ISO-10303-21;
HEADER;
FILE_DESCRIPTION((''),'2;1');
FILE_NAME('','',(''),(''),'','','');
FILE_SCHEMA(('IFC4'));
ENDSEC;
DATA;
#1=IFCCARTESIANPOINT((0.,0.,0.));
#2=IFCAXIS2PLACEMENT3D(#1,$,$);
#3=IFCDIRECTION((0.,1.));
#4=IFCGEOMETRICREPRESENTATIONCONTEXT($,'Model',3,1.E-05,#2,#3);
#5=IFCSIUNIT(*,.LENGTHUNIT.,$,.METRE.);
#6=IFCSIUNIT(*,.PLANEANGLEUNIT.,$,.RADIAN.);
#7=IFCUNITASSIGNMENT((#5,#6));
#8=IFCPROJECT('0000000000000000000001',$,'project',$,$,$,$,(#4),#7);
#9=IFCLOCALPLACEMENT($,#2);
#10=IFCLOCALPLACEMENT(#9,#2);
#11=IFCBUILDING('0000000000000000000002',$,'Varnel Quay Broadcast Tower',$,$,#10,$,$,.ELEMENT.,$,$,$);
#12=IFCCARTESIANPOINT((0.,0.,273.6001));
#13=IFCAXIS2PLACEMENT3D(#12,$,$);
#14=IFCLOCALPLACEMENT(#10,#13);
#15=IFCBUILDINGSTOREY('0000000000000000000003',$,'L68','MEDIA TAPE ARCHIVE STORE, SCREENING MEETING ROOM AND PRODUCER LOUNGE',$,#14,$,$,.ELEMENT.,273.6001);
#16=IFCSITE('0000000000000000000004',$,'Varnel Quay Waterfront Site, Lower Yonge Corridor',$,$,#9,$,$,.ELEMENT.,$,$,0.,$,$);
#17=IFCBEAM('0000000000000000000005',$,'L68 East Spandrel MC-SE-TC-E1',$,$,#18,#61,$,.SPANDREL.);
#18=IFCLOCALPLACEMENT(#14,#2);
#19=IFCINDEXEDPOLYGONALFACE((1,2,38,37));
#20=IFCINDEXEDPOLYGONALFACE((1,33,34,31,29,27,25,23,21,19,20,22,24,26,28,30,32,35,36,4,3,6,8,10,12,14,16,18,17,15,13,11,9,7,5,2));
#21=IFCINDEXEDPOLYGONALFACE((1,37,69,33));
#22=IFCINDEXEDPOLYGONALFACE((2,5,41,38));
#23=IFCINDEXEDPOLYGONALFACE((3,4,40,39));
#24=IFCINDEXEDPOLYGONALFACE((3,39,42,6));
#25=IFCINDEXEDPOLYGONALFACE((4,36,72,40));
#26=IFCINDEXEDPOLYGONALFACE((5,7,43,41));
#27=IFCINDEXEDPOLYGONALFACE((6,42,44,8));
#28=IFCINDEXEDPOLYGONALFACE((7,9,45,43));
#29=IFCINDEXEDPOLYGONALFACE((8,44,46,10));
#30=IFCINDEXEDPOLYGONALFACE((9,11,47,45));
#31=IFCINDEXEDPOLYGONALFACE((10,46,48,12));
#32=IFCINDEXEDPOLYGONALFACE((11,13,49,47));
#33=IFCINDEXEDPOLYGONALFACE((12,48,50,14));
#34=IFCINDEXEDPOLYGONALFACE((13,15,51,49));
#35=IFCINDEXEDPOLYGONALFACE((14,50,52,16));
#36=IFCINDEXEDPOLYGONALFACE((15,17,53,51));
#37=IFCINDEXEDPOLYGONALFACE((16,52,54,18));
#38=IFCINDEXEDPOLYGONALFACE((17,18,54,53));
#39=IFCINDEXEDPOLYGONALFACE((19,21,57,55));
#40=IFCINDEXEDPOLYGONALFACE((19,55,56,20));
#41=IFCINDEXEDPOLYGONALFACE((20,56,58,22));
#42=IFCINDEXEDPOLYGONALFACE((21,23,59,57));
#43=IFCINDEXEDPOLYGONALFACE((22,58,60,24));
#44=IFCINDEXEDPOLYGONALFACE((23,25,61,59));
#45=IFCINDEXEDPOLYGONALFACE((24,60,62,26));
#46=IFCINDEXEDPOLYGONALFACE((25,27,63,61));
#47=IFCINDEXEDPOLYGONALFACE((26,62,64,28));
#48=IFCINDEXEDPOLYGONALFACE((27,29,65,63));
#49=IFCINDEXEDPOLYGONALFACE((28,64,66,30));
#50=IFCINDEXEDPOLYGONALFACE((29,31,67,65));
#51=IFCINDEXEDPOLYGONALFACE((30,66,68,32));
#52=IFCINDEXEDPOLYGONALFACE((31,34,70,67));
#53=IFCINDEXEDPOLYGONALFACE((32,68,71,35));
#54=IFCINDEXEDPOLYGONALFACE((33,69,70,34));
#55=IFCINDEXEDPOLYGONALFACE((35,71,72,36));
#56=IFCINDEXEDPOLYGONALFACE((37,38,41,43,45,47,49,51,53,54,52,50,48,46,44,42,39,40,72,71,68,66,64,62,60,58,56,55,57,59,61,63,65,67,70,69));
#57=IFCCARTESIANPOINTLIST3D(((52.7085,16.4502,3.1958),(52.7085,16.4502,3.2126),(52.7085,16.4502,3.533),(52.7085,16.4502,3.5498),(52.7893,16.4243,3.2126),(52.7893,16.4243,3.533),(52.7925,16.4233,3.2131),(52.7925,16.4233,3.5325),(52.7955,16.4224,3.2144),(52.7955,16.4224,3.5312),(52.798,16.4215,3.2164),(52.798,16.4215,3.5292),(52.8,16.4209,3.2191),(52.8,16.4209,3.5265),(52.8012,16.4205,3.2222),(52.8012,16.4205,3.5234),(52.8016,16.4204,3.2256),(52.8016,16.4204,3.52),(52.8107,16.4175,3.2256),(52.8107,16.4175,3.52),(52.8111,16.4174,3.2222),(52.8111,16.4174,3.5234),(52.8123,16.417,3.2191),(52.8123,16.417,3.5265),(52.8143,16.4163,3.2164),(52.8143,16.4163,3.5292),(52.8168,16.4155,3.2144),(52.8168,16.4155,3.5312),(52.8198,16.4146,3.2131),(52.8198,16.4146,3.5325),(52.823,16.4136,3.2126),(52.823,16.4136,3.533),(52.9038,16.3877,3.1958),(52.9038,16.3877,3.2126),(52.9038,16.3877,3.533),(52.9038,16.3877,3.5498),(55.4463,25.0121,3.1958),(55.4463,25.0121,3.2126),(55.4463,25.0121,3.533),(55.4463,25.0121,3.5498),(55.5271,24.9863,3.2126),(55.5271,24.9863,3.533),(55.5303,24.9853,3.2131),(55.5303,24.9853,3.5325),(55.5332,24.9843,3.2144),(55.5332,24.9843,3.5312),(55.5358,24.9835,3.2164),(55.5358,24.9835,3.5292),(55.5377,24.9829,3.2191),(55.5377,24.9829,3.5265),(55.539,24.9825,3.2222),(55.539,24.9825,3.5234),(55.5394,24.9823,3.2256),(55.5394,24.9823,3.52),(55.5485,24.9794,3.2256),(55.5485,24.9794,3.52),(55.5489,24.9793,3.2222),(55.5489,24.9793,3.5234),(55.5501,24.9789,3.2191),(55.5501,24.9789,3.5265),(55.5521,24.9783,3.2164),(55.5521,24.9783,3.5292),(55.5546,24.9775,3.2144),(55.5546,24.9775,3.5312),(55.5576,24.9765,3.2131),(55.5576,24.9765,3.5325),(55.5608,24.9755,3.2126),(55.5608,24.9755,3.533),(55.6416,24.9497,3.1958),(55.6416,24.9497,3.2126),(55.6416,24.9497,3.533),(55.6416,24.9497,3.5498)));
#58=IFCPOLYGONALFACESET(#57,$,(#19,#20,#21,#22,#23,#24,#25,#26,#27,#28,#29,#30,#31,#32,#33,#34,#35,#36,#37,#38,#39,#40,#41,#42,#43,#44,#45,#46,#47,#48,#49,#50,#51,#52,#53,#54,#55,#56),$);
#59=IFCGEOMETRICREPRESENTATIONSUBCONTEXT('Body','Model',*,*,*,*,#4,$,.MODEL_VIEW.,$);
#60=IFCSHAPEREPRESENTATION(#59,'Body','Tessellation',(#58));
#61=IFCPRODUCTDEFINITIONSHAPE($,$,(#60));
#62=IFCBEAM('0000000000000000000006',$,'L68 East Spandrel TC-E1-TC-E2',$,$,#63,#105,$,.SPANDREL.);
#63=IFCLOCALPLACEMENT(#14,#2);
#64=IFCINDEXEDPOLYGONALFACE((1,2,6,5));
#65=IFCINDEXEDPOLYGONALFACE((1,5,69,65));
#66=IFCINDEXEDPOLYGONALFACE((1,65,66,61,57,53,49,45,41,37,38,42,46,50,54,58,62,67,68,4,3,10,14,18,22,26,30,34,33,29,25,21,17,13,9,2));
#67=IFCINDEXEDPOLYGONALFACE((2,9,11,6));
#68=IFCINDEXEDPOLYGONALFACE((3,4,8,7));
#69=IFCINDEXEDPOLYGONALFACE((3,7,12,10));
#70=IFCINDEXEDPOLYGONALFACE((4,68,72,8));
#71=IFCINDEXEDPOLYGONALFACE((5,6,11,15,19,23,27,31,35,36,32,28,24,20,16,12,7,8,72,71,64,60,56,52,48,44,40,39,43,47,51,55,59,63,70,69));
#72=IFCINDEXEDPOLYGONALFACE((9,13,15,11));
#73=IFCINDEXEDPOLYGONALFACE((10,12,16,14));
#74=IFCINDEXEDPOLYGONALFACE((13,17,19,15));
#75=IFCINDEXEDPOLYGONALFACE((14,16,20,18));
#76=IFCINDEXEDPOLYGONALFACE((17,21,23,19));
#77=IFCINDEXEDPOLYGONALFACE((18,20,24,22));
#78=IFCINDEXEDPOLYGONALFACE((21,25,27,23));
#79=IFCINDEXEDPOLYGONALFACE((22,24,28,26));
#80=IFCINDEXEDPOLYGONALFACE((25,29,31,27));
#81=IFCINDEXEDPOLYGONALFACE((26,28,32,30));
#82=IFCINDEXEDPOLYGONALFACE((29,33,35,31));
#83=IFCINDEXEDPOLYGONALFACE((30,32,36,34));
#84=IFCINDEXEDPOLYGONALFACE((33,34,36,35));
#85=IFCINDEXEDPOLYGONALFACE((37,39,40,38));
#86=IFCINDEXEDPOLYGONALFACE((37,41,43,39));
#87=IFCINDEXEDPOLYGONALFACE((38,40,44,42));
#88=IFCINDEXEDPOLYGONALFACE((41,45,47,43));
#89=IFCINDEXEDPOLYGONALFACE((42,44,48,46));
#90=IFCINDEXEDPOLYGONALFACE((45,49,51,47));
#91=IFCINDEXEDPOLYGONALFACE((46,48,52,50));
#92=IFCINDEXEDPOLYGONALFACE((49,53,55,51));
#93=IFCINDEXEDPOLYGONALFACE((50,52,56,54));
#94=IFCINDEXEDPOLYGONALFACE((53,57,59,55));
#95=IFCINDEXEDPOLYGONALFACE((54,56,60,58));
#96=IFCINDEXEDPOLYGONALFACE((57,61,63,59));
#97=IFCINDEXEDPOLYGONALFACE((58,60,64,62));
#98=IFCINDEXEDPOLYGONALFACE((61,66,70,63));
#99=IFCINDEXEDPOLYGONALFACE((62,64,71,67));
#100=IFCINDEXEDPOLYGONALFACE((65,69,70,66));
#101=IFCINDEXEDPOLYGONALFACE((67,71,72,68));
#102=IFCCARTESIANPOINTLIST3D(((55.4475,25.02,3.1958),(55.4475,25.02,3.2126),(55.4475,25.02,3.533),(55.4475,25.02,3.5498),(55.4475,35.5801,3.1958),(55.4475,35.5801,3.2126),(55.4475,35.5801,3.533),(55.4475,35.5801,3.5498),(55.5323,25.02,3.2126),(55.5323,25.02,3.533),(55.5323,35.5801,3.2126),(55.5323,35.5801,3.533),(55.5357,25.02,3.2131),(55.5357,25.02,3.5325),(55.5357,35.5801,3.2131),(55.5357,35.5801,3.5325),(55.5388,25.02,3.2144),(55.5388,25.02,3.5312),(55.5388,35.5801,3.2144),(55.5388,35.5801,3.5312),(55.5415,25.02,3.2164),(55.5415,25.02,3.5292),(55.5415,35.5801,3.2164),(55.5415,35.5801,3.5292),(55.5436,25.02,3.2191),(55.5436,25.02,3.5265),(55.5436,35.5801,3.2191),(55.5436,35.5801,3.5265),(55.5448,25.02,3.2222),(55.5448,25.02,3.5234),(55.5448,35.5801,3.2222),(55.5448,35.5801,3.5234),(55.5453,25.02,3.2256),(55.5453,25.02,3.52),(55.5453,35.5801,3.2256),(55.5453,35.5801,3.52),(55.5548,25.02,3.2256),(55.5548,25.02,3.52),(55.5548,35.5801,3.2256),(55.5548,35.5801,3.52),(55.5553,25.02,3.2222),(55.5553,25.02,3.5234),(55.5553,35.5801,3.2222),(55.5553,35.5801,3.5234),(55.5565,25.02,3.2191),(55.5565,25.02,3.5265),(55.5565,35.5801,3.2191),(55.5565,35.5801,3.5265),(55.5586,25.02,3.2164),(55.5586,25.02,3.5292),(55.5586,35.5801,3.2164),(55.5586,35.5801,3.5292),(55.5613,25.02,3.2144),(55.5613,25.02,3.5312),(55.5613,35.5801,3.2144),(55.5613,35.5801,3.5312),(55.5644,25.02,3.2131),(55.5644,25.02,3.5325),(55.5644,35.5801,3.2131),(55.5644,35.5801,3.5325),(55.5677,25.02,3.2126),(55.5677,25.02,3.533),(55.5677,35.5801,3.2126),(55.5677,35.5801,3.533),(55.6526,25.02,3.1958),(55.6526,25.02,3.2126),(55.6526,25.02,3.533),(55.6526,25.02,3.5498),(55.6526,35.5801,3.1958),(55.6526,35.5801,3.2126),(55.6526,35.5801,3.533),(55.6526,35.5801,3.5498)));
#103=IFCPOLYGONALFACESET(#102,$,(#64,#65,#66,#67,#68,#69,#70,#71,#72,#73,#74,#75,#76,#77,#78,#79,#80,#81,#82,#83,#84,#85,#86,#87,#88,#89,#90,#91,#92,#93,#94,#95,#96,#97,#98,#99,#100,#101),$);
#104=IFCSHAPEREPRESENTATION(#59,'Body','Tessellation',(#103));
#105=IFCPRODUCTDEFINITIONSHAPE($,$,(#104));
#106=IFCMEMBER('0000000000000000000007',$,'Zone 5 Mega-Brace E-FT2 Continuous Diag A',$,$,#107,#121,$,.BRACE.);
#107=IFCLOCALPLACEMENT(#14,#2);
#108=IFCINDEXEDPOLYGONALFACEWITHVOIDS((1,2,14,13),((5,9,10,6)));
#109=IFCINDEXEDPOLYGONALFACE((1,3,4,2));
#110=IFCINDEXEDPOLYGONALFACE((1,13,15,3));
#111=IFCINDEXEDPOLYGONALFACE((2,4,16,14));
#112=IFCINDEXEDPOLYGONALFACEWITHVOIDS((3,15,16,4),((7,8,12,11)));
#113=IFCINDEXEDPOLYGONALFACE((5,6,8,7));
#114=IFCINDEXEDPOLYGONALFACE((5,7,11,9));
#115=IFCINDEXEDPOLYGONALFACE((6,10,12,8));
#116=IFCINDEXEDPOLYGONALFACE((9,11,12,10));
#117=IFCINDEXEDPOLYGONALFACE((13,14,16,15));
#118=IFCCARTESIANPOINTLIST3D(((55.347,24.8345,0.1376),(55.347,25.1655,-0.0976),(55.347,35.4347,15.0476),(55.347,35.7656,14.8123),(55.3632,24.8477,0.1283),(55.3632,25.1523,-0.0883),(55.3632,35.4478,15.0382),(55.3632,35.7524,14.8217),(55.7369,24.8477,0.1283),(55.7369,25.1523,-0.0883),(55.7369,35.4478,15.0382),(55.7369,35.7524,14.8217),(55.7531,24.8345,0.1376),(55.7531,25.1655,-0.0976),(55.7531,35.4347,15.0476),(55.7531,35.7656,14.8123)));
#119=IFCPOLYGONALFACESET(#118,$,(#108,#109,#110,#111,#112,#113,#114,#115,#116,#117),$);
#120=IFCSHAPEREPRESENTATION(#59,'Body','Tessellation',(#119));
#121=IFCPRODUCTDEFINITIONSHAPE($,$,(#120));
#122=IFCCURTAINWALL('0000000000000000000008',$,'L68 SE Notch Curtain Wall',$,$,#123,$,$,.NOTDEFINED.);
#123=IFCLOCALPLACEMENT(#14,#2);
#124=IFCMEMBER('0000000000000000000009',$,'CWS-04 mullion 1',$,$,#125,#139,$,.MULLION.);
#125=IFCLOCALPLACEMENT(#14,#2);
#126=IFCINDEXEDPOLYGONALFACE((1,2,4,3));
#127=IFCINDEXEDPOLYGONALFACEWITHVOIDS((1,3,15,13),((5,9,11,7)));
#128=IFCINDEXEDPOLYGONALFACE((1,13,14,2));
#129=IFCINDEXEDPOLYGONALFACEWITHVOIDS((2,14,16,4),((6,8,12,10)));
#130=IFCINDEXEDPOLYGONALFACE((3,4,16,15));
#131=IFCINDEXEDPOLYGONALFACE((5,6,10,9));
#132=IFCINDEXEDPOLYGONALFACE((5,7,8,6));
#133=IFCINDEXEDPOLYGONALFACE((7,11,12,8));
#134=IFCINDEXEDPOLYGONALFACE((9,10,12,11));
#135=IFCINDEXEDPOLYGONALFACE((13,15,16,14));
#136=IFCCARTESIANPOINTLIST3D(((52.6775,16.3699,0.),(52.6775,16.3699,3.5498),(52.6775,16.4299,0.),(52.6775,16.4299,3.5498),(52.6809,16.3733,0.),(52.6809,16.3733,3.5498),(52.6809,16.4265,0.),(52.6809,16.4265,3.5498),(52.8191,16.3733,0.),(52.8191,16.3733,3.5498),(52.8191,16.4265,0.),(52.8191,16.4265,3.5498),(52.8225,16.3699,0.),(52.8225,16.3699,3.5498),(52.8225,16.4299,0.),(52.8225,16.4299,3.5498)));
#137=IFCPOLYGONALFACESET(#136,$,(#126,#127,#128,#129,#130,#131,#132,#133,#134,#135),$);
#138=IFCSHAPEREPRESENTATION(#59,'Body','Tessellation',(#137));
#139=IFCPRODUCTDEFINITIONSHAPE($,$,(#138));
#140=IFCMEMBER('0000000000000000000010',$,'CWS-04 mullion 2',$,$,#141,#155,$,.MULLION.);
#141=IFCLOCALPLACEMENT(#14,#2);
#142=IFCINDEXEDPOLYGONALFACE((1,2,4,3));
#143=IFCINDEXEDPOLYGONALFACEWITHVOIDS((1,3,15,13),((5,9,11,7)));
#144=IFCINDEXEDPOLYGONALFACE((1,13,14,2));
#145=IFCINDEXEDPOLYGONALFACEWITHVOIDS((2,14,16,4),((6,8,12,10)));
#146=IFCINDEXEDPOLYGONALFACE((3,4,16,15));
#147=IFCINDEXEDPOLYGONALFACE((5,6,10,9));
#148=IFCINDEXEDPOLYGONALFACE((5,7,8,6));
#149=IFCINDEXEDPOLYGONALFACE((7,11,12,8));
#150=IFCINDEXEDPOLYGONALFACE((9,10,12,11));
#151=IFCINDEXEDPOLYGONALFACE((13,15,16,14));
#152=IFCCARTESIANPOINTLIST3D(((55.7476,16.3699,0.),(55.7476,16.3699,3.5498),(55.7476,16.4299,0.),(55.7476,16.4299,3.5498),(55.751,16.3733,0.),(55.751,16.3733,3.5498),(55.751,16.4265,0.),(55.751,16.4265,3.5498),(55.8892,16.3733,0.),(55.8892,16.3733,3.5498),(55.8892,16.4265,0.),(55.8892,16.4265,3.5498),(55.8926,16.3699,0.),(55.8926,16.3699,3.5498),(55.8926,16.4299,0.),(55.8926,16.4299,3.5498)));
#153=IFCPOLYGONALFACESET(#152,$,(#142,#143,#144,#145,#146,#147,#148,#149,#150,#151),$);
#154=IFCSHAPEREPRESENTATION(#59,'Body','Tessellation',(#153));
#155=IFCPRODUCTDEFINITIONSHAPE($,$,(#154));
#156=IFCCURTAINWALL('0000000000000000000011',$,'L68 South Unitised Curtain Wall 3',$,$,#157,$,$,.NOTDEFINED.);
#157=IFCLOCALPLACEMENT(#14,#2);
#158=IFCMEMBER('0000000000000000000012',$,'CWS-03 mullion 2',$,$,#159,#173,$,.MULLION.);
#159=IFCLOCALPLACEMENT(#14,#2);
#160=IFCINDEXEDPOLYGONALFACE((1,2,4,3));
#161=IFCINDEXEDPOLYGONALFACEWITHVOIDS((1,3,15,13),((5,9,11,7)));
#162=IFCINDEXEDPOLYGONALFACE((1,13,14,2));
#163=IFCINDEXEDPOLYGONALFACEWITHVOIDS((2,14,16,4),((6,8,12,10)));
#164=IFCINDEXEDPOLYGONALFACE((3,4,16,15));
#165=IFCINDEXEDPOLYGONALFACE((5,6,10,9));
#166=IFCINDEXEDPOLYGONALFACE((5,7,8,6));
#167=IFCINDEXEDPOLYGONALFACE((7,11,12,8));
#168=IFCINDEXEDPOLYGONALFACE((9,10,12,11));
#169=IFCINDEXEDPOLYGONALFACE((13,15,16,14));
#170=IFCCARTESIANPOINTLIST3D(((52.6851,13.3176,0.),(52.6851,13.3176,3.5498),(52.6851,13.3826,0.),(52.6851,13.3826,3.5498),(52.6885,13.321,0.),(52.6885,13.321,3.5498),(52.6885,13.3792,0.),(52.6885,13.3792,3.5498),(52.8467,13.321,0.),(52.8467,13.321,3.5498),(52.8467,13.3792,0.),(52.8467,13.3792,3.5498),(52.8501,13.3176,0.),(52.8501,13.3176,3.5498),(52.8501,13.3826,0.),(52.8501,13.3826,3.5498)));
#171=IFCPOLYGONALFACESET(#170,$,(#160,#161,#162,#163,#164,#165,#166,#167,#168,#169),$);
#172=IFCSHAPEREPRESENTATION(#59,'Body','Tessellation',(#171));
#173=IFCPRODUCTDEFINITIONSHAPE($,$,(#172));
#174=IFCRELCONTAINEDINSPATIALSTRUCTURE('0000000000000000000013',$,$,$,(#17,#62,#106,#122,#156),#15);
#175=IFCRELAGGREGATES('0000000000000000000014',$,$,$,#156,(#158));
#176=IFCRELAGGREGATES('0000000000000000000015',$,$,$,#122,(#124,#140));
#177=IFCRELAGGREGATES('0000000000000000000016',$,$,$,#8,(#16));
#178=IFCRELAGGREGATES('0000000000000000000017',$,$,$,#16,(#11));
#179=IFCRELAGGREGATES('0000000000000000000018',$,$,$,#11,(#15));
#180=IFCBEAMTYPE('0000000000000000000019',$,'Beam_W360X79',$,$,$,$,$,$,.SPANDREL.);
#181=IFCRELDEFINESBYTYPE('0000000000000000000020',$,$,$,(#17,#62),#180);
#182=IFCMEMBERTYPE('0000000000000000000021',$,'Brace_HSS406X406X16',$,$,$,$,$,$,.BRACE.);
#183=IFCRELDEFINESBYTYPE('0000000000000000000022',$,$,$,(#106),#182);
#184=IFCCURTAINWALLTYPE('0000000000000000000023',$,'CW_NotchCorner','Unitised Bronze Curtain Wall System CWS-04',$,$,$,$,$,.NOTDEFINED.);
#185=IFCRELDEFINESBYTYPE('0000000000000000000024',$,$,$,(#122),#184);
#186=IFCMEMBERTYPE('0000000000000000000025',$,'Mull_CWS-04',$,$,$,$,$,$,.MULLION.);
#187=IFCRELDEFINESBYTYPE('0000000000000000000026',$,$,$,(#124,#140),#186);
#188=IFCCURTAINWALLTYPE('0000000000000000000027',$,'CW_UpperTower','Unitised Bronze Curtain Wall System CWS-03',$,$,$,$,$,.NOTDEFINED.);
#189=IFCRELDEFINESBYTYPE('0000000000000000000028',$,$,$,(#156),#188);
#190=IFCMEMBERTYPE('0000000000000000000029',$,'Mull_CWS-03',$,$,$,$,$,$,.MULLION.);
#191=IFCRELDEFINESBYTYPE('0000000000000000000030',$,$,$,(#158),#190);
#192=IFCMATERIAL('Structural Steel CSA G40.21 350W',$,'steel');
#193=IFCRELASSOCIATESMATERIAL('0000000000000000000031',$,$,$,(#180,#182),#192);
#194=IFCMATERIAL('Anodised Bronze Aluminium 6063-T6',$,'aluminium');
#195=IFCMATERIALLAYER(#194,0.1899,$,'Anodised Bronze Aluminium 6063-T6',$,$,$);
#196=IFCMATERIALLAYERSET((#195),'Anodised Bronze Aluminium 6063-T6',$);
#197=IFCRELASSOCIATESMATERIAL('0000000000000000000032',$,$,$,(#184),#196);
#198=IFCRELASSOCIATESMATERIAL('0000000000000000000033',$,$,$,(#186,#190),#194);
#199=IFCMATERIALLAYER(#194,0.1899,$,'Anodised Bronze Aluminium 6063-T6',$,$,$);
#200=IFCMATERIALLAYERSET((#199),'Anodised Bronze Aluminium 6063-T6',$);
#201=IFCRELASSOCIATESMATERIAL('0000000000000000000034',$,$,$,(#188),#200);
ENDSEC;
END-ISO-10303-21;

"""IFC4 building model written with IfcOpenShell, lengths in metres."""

from ifc_helpers import new_model, si_unit, direction, frame, origin, origin_2d, place, context, subcontext, project, spatial, hollow_rectangle, i_section, extrude, source, transform, mapped, material, layer, layer_set, material_profile, profile_set, type_object, type_shapes, element, aggregate, save


model = new_model("IFC4")

# Units and contexts
model_context = context("Model", 3, precision=1e-05, world=origin(), true_north=direction((0.0, 1.0)))
body_context = subcontext(model_context, "Body", "Model", "MODEL_VIEW")
ifc_project = project(units=[si_unit("LENGTHUNIT", "METRE"), si_unit("PLANEANGLEUNIT", "RADIAN")], contexts=[model_context])

# Site, building, storey
site_placement = place(None, origin())
site = spatial("IfcSite", under=ifc_project, at=site_placement, Name="Varnel Quay Waterfront Site, Lower Yonge Corridor", CompositionType="ELEMENT", RefElevation=0.0)
building_placement = place(site_placement, origin())
building = spatial("IfcBuilding", under=site, at=building_placement, Name="Varnel Quay Broadcast Tower", CompositionType="ELEMENT")
storey_placement = place(building_placement, frame((0.0, 0.0, 273.6001)))
storey = spatial("IfcBuildingStorey", under=building, at=storey_placement, Name="L68", Description="MEDIA TAPE ARCHIVE STORE, SCREENING MEETING ROOM AND PRODUCER LOUNGE", CompositionType="ELEMENT", Elevation=273.6001)

# Shared definitions
ifc_material_1 = material(Name="Structural Steel CSA G40.21 350W", Category="steel")

# Beams
ifc_material_profile_1 = material_profile(ifc_material_1, i_section(OverallWidth=0.2051, OverallDepth=0.354, WebThickness=0.0095, FlangeThickness=0.0168, FilletRadius=0.0129, at=origin_2d()), Name="W360X79")
ifc_profile_set_1 = profile_set([ifc_material_profile_1], Name="Structural Steel CSA G40.21 350W")
beam_type = type_object("IfcBeamType", Name="Beam_W360X79", PredefinedType="SPANDREL", material=ifc_profile_set_1)
shared_shape_1 = source(origin(), body_context, "Body", "SweptSolid", [
    extrude(i_section(OverallWidth=0.2051, OverallDepth=0.354, WebThickness=0.0095, FlangeThickness=0.0168, FilletRadius=0.0129, at=origin_2d()), origin(), (0.0, 0.0, 1.0), 8.989),
])
beam_1_placement = place(storey_placement, frame((52.8062, 16.4189, 3.3728), z_axis=(0.304569, 0.95249, 0.0), x_axis=(-0.95249, 0.304569, 0.0)))
element("IfcBeam", 1, at=beam_1_placement, inside=storey, type_object=beam_type, Name="L68 East Spandrel MC-SE-TC-E1", PredefinedType="SPANDREL", context=body_context, shape_type="MappedRepresentation", body=[
    mapped(shared_shape_1, transform((0.0, 0.0, 0.0), x_axis=(1.0, 0.0, 0.0), y_axis=(0.0, 1.0, 0.0), z_axis=(0.0, 0.0, 1.0), scale=1.0)),
])
shared_shape_2 = source(origin(), body_context, "Body", "SweptSolid", [
    extrude(i_section(OverallWidth=0.2051, OverallDepth=0.354, WebThickness=0.0095, FlangeThickness=0.0168, FilletRadius=0.0129, at=origin_2d()), origin(), (0.0, 0.0, 1.0), 10.5601),
])
beam_2_placement = place(storey_placement, frame((55.55, 25.02, 3.3728), z_axis=(0.0, 1.0, 0.0), x_axis=(-1.0, 0.0, 0.0)))
element("IfcBeam", 2, at=beam_2_placement, inside=storey, type_object=beam_type, Name="L68 East Spandrel TC-E1-TC-E2", PredefinedType="SPANDREL", context=body_context, shape_type="MappedRepresentation", body=[
    mapped(shared_shape_2, transform((0.0, 0.0, 0.0), x_axis=(1.0, 0.0, 0.0), y_axis=(0.0, 1.0, 0.0), z_axis=(0.0, 0.0, 1.0), scale=1.0)),
])

# Member
ifc_material_profile_2 = material_profile(ifc_material_1, hollow_rectangle(XDim=0.406, YDim=0.406, WallThickness=0.0161, at=origin_2d()), Name="HSS406X406X16")
ifc_profile_set_2 = profile_set([ifc_material_profile_2], Name="Structural Steel CSA G40.21 350W")
member_type_1 = type_object("IfcMemberType", Name="Brace_HSS406X406X16", PredefinedType="BRACE", material=ifc_profile_set_2)
shared_shape_3 = source(origin(), body_context, "Body", "SweptSolid", [
    extrude(hollow_rectangle(XDim=0.406, YDim=0.406, WallThickness=0.0161, at=origin_2d()), origin(), (0.0, 0.0, 1.0), 18.2939),
])
type_shapes(member_type_1, [shared_shape_3])
member_1_placement = place(storey_placement, frame((55.55, 25.0, 0.02), z_axis=(0.0, 0.579433, 0.81502), x_axis=(-1.0, 0.0, 0.0)))
element("IfcMember", 3, at=member_1_placement, inside=storey, type_object=member_type_1, Name="Zone 5 Mega-Brace E-FT2 Continuous Diag A", PredefinedType="BRACE", context=body_context, shape_type="MappedRepresentation", body=[
    mapped(shared_shape_3, transform((0.0, 0.0, 0.0), x_axis=(1.0, 0.0, 0.0), y_axis=(0.0, 1.0, 0.0), z_axis=(0.0, 0.0, 1.0), scale=1.0)),
])

# Curtain wall, members
ifc_material_2 = material(Name="Anodised Bronze Aluminium 6063-T6", Category="aluminium")
ifc_layer_1 = layer(ifc_material_2, 0.1899, Name="Anodised Bronze Aluminium 6063-T6")
ifc_layer_set_1 = layer_set([ifc_layer_1], Name="Anodised Bronze Aluminium 6063-T6")
curtain_wall_type_1 = type_object("IfcCurtainWallType", Name="CW_NotchCorner", Description="Unitised Bronze Curtain Wall System CWS-04", PredefinedType="NOTDEFINED", material=ifc_layer_set_1)
curtain_wall_1_placement = place(storey_placement, origin())
curtain_wall_1 = element("IfcCurtainWall", 4, at=curtain_wall_1_placement, inside=storey, type_object=curtain_wall_type_1, Name="L68 SE Notch Curtain Wall", PredefinedType="NOTDEFINED")
ifc_material_profile_3 = material_profile(ifc_material_2, hollow_rectangle(XDim=0.0601, YDim=0.145, WallThickness=0.0034, at=origin_2d()), Name="ALU60X145X3.5")
ifc_profile_set_3 = profile_set([ifc_material_profile_3], Name="Anodised Bronze Aluminium 6063-T6")
member_type_2 = type_object("IfcMemberType", Name="Mull_CWS-04", PredefinedType="MULLION", material=ifc_profile_set_3)
shared_shape_4 = source(origin(), body_context, "Body", "SweptSolid", [
    extrude(hollow_rectangle(XDim=0.0601, YDim=0.145, WallThickness=0.0034, at=origin_2d()), origin(), (0.0, 0.0, 1.0), 3.5498),
])
type_shapes(member_type_2, [shared_shape_4])
member_2_placement = place(storey_placement, frame((52.75, 16.3999, 0.0), z_axis=(0.0, 0.0, 1.0), x_axis=(0.0, 1.0, 0.0)))
member_2 = element("IfcMember", 5, at=member_2_placement, type_object=member_type_2, Name="CWS-04 mullion 1", PredefinedType="MULLION", context=body_context, shape_type="MappedRepresentation", body=[
    mapped(shared_shape_4, transform((0.0, 0.0, 0.0), x_axis=(1.0, 0.0, 0.0), y_axis=(0.0, 1.0, 0.0), z_axis=(0.0, 0.0, 1.0), scale=1.0)),
])
member_3_placement = place(storey_placement, frame((55.8201, 16.3999, 0.0), z_axis=(0.0, 0.0, 1.0), x_axis=(0.0, 1.0, 0.0)))
member_3 = element("IfcMember", 6, at=member_3_placement, type_object=member_type_2, Name="CWS-04 mullion 2", PredefinedType="MULLION", context=body_context, shape_type="MappedRepresentation", body=[
    mapped(shared_shape_4, transform((0.0, 0.0, 0.0), x_axis=(1.0, 0.0, 0.0), y_axis=(0.0, 1.0, 0.0), z_axis=(0.0, 0.0, 1.0), scale=1.0)),
])

# Curtain wall, member
ifc_layer_2 = layer(ifc_material_2, 0.1899, Name="Anodised Bronze Aluminium 6063-T6")
ifc_layer_set_2 = layer_set([ifc_layer_2], Name="Anodised Bronze Aluminium 6063-T6")
curtain_wall_type_2 = type_object("IfcCurtainWallType", Name="CW_UpperTower", Description="Unitised Bronze Curtain Wall System CWS-03", PredefinedType="NOTDEFINED", material=ifc_layer_set_2)
curtain_wall_2_placement = place(storey_placement, origin())
curtain_wall_2 = element("IfcCurtainWall", 7, at=curtain_wall_2_placement, inside=storey, type_object=curtain_wall_type_2, Name="L68 South Unitised Curtain Wall 3", PredefinedType="NOTDEFINED")
ifc_material_profile_4 = material_profile(ifc_material_2, hollow_rectangle(XDim=0.0649, YDim=0.165, WallThickness=0.0034, at=origin_2d()), Name="ALU65X165X3.5")
ifc_profile_set_4 = profile_set([ifc_material_profile_4], Name="Anodised Bronze Aluminium 6063-T6")
member_type_3 = type_object("IfcMemberType", Name="Mull_CWS-03", PredefinedType="MULLION", material=ifc_profile_set_4)
shared_shape_5 = source(origin(), body_context, "Body", "SweptSolid", [
    extrude(hollow_rectangle(XDim=0.0649, YDim=0.165, WallThickness=0.0034, at=origin_2d()), origin(), (0.0, 0.0, 1.0), 3.5498),
])
type_shapes(member_type_3, [shared_shape_5])
member_4_placement = place(storey_placement, frame((52.7676, 13.3501, 0.0), z_axis=(0.0, 0.0, 1.0), x_axis=(0.0, 1.0, 0.0)))
member_4 = element("IfcMember", 8, at=member_4_placement, type_object=member_type_3, Name="CWS-03 mullion 2", PredefinedType="MULLION", context=body_context, shape_type="MappedRepresentation", body=[
    mapped(shared_shape_5, transform((0.0, 0.0, 0.0), x_axis=(1.0, 0.0, 0.0), y_axis=(0.0, 1.0, 0.0), z_axis=(0.0, 0.0, 1.0), scale=1.0)),
])

aggregate(curtain_wall_2, [member_4])
aggregate(curtain_wall_1, [member_2, member_3])

save(model, "model.ifc")
